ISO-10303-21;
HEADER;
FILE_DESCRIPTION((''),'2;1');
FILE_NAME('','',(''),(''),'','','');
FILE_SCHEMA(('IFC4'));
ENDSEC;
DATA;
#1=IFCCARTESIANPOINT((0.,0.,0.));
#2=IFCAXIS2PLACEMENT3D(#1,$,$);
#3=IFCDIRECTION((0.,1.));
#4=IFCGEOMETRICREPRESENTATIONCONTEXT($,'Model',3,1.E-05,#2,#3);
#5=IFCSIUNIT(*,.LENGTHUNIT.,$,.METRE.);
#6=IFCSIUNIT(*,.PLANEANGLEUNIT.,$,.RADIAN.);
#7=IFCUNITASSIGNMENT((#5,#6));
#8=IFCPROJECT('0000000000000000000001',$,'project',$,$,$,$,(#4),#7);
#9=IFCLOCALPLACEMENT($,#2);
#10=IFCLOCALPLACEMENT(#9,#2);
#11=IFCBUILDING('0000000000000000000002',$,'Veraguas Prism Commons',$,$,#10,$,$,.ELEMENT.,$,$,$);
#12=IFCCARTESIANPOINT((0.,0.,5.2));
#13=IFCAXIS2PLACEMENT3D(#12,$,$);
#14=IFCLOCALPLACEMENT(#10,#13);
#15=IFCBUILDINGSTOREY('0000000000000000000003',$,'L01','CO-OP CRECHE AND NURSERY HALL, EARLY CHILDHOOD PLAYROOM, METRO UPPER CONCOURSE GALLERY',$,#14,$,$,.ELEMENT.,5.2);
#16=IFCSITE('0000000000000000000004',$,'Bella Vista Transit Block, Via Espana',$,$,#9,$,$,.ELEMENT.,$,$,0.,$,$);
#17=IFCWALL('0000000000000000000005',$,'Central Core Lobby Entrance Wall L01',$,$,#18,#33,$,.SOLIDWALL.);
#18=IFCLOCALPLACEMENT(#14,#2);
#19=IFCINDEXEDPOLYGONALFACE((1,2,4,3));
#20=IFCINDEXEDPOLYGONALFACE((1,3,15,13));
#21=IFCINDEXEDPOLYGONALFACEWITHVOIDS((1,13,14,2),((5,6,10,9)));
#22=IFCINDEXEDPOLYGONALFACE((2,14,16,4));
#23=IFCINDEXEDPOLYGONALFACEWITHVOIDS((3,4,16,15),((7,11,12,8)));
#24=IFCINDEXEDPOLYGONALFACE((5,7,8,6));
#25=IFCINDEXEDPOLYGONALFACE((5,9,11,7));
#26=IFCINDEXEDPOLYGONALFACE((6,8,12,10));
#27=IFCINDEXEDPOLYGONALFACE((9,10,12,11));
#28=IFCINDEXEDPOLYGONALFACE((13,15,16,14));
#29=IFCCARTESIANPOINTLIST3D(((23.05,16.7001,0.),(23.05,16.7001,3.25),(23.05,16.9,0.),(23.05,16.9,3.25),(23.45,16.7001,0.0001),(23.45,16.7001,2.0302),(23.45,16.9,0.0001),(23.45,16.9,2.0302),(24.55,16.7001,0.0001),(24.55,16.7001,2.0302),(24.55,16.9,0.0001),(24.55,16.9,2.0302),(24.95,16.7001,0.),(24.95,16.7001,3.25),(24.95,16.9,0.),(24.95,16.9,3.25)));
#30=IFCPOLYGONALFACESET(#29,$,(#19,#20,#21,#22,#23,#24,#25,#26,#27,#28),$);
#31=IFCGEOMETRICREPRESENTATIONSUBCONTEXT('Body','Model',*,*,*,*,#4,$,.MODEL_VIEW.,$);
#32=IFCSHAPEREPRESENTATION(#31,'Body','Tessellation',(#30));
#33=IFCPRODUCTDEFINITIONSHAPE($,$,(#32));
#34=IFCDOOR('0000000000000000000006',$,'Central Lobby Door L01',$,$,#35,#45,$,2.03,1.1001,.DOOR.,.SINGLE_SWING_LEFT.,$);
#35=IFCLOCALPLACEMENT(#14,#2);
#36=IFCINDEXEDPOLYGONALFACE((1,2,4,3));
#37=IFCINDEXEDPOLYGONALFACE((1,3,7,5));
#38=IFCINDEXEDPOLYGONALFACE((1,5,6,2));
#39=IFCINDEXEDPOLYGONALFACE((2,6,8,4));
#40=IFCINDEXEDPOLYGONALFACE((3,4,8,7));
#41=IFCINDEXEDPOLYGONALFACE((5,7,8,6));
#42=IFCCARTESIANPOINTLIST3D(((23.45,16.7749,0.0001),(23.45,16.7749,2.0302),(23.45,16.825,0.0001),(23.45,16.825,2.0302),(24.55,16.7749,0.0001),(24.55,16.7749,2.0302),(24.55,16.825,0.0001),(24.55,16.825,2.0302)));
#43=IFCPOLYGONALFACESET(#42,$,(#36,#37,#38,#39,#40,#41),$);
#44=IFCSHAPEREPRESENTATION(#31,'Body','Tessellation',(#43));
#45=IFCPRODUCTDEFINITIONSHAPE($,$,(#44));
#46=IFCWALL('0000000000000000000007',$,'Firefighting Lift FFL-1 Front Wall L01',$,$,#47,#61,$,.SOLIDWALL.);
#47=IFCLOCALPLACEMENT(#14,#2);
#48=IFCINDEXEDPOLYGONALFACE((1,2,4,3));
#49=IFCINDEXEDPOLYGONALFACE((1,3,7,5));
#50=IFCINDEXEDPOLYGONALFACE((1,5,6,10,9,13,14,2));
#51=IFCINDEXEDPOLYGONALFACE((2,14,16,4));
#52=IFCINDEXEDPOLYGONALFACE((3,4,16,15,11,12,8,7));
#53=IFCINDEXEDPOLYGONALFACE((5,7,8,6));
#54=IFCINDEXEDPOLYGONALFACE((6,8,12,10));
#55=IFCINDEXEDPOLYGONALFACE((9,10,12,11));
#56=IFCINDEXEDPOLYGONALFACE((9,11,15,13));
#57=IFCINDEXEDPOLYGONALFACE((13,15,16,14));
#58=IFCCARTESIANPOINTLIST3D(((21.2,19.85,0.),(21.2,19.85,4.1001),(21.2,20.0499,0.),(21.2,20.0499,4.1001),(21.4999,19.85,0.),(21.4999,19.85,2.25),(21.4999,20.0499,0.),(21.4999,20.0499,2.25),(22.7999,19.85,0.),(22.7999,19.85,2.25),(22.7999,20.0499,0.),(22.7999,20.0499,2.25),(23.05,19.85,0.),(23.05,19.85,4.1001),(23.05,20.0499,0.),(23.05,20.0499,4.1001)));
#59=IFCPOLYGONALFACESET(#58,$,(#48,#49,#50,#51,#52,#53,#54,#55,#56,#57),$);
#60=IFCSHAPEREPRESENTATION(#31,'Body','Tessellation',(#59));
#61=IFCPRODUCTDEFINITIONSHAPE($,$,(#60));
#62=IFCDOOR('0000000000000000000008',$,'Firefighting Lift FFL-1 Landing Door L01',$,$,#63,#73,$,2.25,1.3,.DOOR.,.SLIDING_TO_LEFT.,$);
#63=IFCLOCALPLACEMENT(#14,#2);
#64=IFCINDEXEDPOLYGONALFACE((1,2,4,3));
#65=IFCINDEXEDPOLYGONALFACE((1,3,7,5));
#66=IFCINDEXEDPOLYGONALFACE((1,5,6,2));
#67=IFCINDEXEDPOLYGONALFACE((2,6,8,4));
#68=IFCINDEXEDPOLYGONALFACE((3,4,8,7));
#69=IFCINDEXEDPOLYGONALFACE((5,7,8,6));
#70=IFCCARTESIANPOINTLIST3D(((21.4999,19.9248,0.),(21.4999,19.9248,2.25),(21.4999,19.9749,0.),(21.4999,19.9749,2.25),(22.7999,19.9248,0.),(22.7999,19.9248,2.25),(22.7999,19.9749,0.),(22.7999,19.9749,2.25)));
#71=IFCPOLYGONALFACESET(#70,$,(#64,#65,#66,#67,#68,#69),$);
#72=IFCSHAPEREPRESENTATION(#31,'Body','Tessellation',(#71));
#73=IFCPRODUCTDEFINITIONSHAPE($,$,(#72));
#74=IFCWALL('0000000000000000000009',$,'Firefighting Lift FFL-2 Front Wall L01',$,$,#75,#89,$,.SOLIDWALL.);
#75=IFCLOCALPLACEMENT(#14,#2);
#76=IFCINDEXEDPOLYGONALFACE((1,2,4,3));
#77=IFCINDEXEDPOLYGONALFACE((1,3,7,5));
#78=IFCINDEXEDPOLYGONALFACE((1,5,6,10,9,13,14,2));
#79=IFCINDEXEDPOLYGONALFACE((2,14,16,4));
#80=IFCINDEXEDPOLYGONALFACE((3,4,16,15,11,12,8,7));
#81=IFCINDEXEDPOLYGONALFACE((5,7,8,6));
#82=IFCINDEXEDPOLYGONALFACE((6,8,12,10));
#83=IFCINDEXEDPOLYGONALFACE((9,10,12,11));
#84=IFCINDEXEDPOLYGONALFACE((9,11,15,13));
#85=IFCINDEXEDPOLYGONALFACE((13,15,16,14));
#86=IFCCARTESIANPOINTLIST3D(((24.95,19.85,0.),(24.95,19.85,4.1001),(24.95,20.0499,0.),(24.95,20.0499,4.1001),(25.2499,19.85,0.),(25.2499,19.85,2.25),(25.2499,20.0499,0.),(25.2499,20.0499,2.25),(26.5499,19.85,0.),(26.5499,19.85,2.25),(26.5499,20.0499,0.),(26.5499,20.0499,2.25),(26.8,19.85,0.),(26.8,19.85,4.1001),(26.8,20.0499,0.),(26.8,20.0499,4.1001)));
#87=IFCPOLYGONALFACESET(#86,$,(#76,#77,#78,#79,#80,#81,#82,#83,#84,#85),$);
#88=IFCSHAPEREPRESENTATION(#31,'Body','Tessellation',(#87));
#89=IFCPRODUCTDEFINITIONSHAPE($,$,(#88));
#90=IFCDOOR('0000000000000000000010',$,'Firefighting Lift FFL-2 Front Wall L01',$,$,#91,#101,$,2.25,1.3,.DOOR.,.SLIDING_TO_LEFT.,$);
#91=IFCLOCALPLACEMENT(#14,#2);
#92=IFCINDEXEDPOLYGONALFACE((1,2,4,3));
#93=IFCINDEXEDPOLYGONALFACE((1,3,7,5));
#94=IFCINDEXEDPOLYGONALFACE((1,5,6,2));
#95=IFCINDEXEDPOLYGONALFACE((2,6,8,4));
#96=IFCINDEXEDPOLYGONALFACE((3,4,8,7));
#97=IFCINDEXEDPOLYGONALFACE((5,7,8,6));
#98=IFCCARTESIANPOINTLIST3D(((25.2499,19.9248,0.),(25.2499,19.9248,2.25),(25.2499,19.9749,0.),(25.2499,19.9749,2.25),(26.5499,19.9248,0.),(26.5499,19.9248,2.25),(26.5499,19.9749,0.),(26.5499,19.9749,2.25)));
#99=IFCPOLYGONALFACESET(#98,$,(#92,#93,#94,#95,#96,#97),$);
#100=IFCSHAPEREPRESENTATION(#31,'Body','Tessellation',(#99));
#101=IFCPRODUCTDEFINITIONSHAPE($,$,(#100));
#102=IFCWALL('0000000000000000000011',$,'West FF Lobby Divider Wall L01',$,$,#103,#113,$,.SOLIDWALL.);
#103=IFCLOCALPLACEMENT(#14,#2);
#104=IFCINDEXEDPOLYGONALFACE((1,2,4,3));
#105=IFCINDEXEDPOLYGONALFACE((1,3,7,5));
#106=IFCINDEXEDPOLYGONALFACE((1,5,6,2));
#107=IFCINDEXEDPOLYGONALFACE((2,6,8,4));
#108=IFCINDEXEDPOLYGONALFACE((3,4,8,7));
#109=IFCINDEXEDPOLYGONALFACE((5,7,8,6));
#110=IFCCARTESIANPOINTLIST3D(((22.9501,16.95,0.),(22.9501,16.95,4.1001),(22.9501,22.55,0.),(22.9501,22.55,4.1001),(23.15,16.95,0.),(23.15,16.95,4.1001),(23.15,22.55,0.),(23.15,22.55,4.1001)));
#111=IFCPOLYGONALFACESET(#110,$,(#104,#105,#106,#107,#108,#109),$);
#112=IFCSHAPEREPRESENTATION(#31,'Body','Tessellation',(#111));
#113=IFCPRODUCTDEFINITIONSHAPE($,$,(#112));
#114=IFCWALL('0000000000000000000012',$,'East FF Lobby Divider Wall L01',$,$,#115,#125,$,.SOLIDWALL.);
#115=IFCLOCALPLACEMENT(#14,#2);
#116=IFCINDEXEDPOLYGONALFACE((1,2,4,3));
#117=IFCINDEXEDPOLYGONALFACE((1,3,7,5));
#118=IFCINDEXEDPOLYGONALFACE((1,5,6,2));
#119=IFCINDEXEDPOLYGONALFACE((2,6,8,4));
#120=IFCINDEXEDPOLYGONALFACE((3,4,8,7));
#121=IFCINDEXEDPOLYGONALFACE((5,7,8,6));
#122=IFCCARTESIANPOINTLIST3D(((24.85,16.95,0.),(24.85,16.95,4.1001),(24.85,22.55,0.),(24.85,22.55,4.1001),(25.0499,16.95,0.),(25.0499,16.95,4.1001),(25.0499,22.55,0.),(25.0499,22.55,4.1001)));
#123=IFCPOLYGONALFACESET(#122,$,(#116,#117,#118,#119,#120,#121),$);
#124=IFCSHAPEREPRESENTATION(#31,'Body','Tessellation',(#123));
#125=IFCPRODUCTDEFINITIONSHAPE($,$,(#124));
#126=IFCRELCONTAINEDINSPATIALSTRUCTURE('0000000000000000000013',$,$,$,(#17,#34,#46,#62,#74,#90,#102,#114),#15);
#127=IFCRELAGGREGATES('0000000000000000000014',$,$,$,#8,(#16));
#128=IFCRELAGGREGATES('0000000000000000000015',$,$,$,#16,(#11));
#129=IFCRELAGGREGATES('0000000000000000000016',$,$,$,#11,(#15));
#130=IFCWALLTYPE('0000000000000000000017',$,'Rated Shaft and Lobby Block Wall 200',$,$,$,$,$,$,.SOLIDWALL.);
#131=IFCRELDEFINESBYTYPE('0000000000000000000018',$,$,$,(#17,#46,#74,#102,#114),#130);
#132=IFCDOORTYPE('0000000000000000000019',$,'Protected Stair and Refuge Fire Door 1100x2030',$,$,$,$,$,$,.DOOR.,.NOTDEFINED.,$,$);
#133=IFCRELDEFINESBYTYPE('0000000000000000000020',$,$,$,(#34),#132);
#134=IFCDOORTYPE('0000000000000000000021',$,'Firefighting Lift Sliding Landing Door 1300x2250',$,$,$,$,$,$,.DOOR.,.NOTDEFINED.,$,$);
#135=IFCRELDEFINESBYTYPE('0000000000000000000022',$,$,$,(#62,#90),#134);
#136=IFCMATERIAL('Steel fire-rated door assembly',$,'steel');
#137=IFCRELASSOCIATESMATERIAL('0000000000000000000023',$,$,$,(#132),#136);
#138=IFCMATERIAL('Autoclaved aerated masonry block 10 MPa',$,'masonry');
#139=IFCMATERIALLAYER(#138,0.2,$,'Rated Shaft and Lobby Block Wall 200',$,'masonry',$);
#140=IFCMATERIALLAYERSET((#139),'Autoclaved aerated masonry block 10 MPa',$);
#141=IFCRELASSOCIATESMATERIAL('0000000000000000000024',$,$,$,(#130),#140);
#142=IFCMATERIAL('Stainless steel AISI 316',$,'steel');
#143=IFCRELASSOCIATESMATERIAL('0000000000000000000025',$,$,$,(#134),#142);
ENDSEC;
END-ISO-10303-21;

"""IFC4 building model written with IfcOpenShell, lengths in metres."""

from ifc_helpers import new_model, si_unit, direction, frame, frame_2d, origin, place, context, subcontext, project, spatial, rectangle, extrude, source, transform, mapped, material, layer, layer_set, type_object, element, fill, save


model = new_model("IFC4")

# Units and contexts
model_context = context("Model", 3, precision=1e-05, world=origin(), true_north=direction((0.0, 1.0)))
body_context = subcontext(model_context, "Body", "Model", "MODEL_VIEW")
ifc_project = project(units=[si_unit("LENGTHUNIT", "METRE"), si_unit("PLANEANGLEUNIT", "RADIAN")], contexts=[model_context])

# Site, building, storey
site_placement = place(None, origin())
site = spatial("IfcSite", under=ifc_project, at=site_placement, Name="Bella Vista Transit Block, Via Espana", CompositionType="ELEMENT", RefElevation=0.0)
building_placement = place(site_placement, origin())
building = spatial("IfcBuilding", under=site, at=building_placement, Name="Veraguas Prism Commons", CompositionType="ELEMENT")
storey_placement = place(building_placement, frame((0.0, 0.0, 5.2)))
storey = spatial("IfcBuildingStorey", under=building, at=storey_placement, Name="L01", Description="CO-OP CRECHE AND NURSERY HALL, EARLY CHILDHOOD PLAYROOM, METRO UPPER CONCOURSE GALLERY", CompositionType="ELEMENT", Elevation=5.2)

# Shared definitions
ifc_material_1 = material(Name="Steel fire-rated door assembly", Category="steel")
door_type_1 = type_object("IfcDoorType", Name="Protected Stair and Refuge Fire Door 1100x2030", OperationType="NOTDEFINED", PredefinedType="DOOR", material=ifc_material_1)
shared_shape_1 = source(origin(), body_context, "Body", "SweptSolid", [
    extrude(rectangle(XDim=1.1001, YDim=2.03, at=frame_2d((0.55, 1.0151))), frame((0.0, 0.0249, 0.0), z_axis=(0.0, -1.0, 0.0), x_axis=(1.0, 0.0, 0.0)), (0.0, 0.0, 1.0), 0.05),
])

# Shared definitions
ifc_material_2 = material(Name="Autoclaved aerated masonry block 10 MPa", Category="masonry")

# Walls, openings, doors
ifc_layer_1 = layer(ifc_material_2, 0.2, Name="Rated Shaft and Lobby Block Wall 200", Category="masonry")
ifc_layer_set_1 = layer_set([ifc_layer_1], Name="Autoclaved aerated masonry block 10 MPa")
wall_type_1 = type_object("IfcWallType", Name="Rated Shaft and Lobby Block Wall 200", PredefinedType="SOLIDWALL", material=ifc_layer_set_1)
wall_1_placement = place(storey_placement, frame((23.05, 16.8, 0.0), z_axis=(0.0, 0.0, 1.0), x_axis=(1.0, 0.0, 0.0)))
wall_1 = element("IfcWall", 1, at=wall_1_placement, inside=storey, type_object=wall_type_1, Name="Central Core Lobby Entrance Wall L01", PredefinedType="SOLIDWALL", context=body_context, shape_type="SweptSolid", body=[
    extrude(rectangle(XDim=1.8999, YDim=0.2, at=frame_2d((0.95, 0.0))), origin(), (0.0, 0.0, 1.0), 3.25),
])
opening_1_placement = place(wall_1_placement, frame((0.3999, 0.0, 0.0)))
opening_1 = element("IfcOpeningElement", 2, at=opening_1_placement, cuts=wall_1, PredefinedType="OPENING", context=body_context, shape_type="SweptSolid", body=[
    extrude(rectangle(XDim=1.1001, YDim=2.03, at=frame_2d((0.55, 1.0151))), frame((0.0, 0.1099, 0.0), z_axis=(0.0, -1.0, 0.0), x_axis=(1.0, 0.0, 0.0)), (0.0, 0.0, 1.0), 0.22),
])
door_1_placement = place(opening_1_placement, origin())
door_1 = element("IfcDoor", 3, at=door_1_placement, inside=storey, type_object=door_type_1, Name="Central Lobby Door L01", OperationType="SINGLE_SWING_LEFT", OverallHeight=2.03, OverallWidth=1.1001, PredefinedType="DOOR", context=body_context, shape_type="MappedRepresentation", body=[
    mapped(shared_shape_1, transform((0.0, 0.0, 0.0), scale=1.0)),
])
fill(opening_1, door_1)
wall_2_placement = place(storey_placement, frame((21.2, 19.95, 0.0), z_axis=(0.0, 0.0, 1.0), x_axis=(1.0, 0.0, 0.0)))
wall_2 = element("IfcWall", 4, at=wall_2_placement, inside=storey, type_object=wall_type_1, Name="Firefighting Lift FFL-1 Front Wall L01", PredefinedType="SOLIDWALL", context=body_context, shape_type="SweptSolid", body=[
    extrude(rectangle(XDim=1.8501, YDim=0.2, at=frame_2d((0.925, 0.0))), origin(), (0.0, 0.0, 1.0), 4.1001),
])
opening_2_placement = place(wall_2_placement, frame((0.3, 0.0, 0.0)))
opening_2 = element("IfcOpeningElement", 5, at=opening_2_placement, cuts=wall_2, PredefinedType="OPENING", context=body_context, shape_type="SweptSolid", body=[
    extrude(rectangle(XDim=1.3, YDim=2.25, at=frame_2d((0.6499, 1.125))), frame((0.0, 0.1099, 0.0), z_axis=(0.0, -1.0, 0.0), x_axis=(1.0, 0.0, 0.0)), (0.0, 0.0, 1.0), 0.22),
])
ifc_material_3 = material(Name="Stainless steel AISI 316", Category="steel")
door_type_2 = type_object("IfcDoorType", Name="Firefighting Lift Sliding Landing Door 1300x2250", OperationType="NOTDEFINED", PredefinedType="DOOR", material=ifc_material_3)
shared_shape_2 = source(origin(), body_context, "Body", "SweptSolid", [
    extrude(rectangle(XDim=1.3, YDim=2.25, at=frame_2d((0.6499, 1.125))), frame((0.0, 0.0249, 0.0), z_axis=(0.0, -1.0, 0.0), x_axis=(1.0, 0.0, 0.0)), (0.0, 0.0, 1.0), 0.05),
])
door_2_placement = place(opening_2_placement, origin())
door_2 = element("IfcDoor", 6, at=door_2_placement, inside=storey, type_object=door_type_2, Name="Firefighting Lift FFL-1 Landing Door L01", OperationType="SLIDING_TO_LEFT", OverallHeight=2.25, OverallWidth=1.3, PredefinedType="DOOR", context=body_context, shape_type="MappedRepresentation", body=[
    mapped(shared_shape_2, transform((0.0, 0.0, 0.0), scale=1.0)),
])
fill(opening_2, door_2)
wall_3_placement = place(storey_placement, frame((24.95, 19.95, 0.0), z_axis=(0.0, 0.0, 1.0), x_axis=(1.0, 0.0, 0.0)))
wall_3 = element("IfcWall", 7, at=wall_3_placement, inside=storey, type_object=wall_type_1, Name="Firefighting Lift FFL-2 Front Wall L01", PredefinedType="SOLIDWALL", context=body_context, shape_type="SweptSolid", body=[
    extrude(rectangle(XDim=1.8501, YDim=0.2, at=frame_2d((0.925, 0.0))), origin(), (0.0, 0.0, 1.0), 4.1001),
])
opening_3_placement = place(wall_3_placement, frame((0.3, 0.0, 0.0)))
opening_3 = element("IfcOpeningElement", 8, at=opening_3_placement, cuts=wall_3, PredefinedType="OPENING", context=body_context, shape_type="SweptSolid", body=[
    extrude(rectangle(XDim=1.3, YDim=2.25, at=frame_2d((0.6499, 1.125))), frame((0.0, 0.1099, 0.0), z_axis=(0.0, -1.0, 0.0), x_axis=(1.0, 0.0, 0.0)), (0.0, 0.0, 1.0), 0.22),
])
door_3_placement = place(opening_3_placement, origin())
door_3 = element("IfcDoor", 9, at=door_3_placement, inside=storey, type_object=door_type_2, Name="Firefighting Lift FFL-2 Front Wall L01", OperationType="SLIDING_TO_LEFT", OverallHeight=2.25, OverallWidth=1.3, PredefinedType="DOOR", context=body_context, shape_type="MappedRepresentation", body=[
    mapped(shared_shape_2, transform((0.0, 0.0, 0.0), scale=1.0)),
])
fill(opening_3, door_3)

# Walls
for number, where, z_axis, x_axis, name in (
    (10, (23.05, 16.95, 0.0), (0.0, 0.0, 1.0), (0.0, 1.0, 0.0), "West FF Lobby Divider Wall L01"),
    (11, (24.95, 16.95, 0.0), (0.0, 0.0, 1.0), (0.0, 1.0, 0.0), "East FF Lobby Divider Wall L01"),
):
    element("IfcWall", number, at=place(storey_placement, frame(where, z_axis=z_axis, x_axis=x_axis)), inside=storey, type_object=wall_type_1, Name=name, PredefinedType="SOLIDWALL", context=body_context, shape_type="SweptSolid", body=[
        extrude(rectangle(XDim=5.6001, YDim=0.2, at=frame_2d((2.8, 0.0))), origin(), (0.0, 0.0, 1.0), 4.1001),
    ])

save(model, "model.ifc")
